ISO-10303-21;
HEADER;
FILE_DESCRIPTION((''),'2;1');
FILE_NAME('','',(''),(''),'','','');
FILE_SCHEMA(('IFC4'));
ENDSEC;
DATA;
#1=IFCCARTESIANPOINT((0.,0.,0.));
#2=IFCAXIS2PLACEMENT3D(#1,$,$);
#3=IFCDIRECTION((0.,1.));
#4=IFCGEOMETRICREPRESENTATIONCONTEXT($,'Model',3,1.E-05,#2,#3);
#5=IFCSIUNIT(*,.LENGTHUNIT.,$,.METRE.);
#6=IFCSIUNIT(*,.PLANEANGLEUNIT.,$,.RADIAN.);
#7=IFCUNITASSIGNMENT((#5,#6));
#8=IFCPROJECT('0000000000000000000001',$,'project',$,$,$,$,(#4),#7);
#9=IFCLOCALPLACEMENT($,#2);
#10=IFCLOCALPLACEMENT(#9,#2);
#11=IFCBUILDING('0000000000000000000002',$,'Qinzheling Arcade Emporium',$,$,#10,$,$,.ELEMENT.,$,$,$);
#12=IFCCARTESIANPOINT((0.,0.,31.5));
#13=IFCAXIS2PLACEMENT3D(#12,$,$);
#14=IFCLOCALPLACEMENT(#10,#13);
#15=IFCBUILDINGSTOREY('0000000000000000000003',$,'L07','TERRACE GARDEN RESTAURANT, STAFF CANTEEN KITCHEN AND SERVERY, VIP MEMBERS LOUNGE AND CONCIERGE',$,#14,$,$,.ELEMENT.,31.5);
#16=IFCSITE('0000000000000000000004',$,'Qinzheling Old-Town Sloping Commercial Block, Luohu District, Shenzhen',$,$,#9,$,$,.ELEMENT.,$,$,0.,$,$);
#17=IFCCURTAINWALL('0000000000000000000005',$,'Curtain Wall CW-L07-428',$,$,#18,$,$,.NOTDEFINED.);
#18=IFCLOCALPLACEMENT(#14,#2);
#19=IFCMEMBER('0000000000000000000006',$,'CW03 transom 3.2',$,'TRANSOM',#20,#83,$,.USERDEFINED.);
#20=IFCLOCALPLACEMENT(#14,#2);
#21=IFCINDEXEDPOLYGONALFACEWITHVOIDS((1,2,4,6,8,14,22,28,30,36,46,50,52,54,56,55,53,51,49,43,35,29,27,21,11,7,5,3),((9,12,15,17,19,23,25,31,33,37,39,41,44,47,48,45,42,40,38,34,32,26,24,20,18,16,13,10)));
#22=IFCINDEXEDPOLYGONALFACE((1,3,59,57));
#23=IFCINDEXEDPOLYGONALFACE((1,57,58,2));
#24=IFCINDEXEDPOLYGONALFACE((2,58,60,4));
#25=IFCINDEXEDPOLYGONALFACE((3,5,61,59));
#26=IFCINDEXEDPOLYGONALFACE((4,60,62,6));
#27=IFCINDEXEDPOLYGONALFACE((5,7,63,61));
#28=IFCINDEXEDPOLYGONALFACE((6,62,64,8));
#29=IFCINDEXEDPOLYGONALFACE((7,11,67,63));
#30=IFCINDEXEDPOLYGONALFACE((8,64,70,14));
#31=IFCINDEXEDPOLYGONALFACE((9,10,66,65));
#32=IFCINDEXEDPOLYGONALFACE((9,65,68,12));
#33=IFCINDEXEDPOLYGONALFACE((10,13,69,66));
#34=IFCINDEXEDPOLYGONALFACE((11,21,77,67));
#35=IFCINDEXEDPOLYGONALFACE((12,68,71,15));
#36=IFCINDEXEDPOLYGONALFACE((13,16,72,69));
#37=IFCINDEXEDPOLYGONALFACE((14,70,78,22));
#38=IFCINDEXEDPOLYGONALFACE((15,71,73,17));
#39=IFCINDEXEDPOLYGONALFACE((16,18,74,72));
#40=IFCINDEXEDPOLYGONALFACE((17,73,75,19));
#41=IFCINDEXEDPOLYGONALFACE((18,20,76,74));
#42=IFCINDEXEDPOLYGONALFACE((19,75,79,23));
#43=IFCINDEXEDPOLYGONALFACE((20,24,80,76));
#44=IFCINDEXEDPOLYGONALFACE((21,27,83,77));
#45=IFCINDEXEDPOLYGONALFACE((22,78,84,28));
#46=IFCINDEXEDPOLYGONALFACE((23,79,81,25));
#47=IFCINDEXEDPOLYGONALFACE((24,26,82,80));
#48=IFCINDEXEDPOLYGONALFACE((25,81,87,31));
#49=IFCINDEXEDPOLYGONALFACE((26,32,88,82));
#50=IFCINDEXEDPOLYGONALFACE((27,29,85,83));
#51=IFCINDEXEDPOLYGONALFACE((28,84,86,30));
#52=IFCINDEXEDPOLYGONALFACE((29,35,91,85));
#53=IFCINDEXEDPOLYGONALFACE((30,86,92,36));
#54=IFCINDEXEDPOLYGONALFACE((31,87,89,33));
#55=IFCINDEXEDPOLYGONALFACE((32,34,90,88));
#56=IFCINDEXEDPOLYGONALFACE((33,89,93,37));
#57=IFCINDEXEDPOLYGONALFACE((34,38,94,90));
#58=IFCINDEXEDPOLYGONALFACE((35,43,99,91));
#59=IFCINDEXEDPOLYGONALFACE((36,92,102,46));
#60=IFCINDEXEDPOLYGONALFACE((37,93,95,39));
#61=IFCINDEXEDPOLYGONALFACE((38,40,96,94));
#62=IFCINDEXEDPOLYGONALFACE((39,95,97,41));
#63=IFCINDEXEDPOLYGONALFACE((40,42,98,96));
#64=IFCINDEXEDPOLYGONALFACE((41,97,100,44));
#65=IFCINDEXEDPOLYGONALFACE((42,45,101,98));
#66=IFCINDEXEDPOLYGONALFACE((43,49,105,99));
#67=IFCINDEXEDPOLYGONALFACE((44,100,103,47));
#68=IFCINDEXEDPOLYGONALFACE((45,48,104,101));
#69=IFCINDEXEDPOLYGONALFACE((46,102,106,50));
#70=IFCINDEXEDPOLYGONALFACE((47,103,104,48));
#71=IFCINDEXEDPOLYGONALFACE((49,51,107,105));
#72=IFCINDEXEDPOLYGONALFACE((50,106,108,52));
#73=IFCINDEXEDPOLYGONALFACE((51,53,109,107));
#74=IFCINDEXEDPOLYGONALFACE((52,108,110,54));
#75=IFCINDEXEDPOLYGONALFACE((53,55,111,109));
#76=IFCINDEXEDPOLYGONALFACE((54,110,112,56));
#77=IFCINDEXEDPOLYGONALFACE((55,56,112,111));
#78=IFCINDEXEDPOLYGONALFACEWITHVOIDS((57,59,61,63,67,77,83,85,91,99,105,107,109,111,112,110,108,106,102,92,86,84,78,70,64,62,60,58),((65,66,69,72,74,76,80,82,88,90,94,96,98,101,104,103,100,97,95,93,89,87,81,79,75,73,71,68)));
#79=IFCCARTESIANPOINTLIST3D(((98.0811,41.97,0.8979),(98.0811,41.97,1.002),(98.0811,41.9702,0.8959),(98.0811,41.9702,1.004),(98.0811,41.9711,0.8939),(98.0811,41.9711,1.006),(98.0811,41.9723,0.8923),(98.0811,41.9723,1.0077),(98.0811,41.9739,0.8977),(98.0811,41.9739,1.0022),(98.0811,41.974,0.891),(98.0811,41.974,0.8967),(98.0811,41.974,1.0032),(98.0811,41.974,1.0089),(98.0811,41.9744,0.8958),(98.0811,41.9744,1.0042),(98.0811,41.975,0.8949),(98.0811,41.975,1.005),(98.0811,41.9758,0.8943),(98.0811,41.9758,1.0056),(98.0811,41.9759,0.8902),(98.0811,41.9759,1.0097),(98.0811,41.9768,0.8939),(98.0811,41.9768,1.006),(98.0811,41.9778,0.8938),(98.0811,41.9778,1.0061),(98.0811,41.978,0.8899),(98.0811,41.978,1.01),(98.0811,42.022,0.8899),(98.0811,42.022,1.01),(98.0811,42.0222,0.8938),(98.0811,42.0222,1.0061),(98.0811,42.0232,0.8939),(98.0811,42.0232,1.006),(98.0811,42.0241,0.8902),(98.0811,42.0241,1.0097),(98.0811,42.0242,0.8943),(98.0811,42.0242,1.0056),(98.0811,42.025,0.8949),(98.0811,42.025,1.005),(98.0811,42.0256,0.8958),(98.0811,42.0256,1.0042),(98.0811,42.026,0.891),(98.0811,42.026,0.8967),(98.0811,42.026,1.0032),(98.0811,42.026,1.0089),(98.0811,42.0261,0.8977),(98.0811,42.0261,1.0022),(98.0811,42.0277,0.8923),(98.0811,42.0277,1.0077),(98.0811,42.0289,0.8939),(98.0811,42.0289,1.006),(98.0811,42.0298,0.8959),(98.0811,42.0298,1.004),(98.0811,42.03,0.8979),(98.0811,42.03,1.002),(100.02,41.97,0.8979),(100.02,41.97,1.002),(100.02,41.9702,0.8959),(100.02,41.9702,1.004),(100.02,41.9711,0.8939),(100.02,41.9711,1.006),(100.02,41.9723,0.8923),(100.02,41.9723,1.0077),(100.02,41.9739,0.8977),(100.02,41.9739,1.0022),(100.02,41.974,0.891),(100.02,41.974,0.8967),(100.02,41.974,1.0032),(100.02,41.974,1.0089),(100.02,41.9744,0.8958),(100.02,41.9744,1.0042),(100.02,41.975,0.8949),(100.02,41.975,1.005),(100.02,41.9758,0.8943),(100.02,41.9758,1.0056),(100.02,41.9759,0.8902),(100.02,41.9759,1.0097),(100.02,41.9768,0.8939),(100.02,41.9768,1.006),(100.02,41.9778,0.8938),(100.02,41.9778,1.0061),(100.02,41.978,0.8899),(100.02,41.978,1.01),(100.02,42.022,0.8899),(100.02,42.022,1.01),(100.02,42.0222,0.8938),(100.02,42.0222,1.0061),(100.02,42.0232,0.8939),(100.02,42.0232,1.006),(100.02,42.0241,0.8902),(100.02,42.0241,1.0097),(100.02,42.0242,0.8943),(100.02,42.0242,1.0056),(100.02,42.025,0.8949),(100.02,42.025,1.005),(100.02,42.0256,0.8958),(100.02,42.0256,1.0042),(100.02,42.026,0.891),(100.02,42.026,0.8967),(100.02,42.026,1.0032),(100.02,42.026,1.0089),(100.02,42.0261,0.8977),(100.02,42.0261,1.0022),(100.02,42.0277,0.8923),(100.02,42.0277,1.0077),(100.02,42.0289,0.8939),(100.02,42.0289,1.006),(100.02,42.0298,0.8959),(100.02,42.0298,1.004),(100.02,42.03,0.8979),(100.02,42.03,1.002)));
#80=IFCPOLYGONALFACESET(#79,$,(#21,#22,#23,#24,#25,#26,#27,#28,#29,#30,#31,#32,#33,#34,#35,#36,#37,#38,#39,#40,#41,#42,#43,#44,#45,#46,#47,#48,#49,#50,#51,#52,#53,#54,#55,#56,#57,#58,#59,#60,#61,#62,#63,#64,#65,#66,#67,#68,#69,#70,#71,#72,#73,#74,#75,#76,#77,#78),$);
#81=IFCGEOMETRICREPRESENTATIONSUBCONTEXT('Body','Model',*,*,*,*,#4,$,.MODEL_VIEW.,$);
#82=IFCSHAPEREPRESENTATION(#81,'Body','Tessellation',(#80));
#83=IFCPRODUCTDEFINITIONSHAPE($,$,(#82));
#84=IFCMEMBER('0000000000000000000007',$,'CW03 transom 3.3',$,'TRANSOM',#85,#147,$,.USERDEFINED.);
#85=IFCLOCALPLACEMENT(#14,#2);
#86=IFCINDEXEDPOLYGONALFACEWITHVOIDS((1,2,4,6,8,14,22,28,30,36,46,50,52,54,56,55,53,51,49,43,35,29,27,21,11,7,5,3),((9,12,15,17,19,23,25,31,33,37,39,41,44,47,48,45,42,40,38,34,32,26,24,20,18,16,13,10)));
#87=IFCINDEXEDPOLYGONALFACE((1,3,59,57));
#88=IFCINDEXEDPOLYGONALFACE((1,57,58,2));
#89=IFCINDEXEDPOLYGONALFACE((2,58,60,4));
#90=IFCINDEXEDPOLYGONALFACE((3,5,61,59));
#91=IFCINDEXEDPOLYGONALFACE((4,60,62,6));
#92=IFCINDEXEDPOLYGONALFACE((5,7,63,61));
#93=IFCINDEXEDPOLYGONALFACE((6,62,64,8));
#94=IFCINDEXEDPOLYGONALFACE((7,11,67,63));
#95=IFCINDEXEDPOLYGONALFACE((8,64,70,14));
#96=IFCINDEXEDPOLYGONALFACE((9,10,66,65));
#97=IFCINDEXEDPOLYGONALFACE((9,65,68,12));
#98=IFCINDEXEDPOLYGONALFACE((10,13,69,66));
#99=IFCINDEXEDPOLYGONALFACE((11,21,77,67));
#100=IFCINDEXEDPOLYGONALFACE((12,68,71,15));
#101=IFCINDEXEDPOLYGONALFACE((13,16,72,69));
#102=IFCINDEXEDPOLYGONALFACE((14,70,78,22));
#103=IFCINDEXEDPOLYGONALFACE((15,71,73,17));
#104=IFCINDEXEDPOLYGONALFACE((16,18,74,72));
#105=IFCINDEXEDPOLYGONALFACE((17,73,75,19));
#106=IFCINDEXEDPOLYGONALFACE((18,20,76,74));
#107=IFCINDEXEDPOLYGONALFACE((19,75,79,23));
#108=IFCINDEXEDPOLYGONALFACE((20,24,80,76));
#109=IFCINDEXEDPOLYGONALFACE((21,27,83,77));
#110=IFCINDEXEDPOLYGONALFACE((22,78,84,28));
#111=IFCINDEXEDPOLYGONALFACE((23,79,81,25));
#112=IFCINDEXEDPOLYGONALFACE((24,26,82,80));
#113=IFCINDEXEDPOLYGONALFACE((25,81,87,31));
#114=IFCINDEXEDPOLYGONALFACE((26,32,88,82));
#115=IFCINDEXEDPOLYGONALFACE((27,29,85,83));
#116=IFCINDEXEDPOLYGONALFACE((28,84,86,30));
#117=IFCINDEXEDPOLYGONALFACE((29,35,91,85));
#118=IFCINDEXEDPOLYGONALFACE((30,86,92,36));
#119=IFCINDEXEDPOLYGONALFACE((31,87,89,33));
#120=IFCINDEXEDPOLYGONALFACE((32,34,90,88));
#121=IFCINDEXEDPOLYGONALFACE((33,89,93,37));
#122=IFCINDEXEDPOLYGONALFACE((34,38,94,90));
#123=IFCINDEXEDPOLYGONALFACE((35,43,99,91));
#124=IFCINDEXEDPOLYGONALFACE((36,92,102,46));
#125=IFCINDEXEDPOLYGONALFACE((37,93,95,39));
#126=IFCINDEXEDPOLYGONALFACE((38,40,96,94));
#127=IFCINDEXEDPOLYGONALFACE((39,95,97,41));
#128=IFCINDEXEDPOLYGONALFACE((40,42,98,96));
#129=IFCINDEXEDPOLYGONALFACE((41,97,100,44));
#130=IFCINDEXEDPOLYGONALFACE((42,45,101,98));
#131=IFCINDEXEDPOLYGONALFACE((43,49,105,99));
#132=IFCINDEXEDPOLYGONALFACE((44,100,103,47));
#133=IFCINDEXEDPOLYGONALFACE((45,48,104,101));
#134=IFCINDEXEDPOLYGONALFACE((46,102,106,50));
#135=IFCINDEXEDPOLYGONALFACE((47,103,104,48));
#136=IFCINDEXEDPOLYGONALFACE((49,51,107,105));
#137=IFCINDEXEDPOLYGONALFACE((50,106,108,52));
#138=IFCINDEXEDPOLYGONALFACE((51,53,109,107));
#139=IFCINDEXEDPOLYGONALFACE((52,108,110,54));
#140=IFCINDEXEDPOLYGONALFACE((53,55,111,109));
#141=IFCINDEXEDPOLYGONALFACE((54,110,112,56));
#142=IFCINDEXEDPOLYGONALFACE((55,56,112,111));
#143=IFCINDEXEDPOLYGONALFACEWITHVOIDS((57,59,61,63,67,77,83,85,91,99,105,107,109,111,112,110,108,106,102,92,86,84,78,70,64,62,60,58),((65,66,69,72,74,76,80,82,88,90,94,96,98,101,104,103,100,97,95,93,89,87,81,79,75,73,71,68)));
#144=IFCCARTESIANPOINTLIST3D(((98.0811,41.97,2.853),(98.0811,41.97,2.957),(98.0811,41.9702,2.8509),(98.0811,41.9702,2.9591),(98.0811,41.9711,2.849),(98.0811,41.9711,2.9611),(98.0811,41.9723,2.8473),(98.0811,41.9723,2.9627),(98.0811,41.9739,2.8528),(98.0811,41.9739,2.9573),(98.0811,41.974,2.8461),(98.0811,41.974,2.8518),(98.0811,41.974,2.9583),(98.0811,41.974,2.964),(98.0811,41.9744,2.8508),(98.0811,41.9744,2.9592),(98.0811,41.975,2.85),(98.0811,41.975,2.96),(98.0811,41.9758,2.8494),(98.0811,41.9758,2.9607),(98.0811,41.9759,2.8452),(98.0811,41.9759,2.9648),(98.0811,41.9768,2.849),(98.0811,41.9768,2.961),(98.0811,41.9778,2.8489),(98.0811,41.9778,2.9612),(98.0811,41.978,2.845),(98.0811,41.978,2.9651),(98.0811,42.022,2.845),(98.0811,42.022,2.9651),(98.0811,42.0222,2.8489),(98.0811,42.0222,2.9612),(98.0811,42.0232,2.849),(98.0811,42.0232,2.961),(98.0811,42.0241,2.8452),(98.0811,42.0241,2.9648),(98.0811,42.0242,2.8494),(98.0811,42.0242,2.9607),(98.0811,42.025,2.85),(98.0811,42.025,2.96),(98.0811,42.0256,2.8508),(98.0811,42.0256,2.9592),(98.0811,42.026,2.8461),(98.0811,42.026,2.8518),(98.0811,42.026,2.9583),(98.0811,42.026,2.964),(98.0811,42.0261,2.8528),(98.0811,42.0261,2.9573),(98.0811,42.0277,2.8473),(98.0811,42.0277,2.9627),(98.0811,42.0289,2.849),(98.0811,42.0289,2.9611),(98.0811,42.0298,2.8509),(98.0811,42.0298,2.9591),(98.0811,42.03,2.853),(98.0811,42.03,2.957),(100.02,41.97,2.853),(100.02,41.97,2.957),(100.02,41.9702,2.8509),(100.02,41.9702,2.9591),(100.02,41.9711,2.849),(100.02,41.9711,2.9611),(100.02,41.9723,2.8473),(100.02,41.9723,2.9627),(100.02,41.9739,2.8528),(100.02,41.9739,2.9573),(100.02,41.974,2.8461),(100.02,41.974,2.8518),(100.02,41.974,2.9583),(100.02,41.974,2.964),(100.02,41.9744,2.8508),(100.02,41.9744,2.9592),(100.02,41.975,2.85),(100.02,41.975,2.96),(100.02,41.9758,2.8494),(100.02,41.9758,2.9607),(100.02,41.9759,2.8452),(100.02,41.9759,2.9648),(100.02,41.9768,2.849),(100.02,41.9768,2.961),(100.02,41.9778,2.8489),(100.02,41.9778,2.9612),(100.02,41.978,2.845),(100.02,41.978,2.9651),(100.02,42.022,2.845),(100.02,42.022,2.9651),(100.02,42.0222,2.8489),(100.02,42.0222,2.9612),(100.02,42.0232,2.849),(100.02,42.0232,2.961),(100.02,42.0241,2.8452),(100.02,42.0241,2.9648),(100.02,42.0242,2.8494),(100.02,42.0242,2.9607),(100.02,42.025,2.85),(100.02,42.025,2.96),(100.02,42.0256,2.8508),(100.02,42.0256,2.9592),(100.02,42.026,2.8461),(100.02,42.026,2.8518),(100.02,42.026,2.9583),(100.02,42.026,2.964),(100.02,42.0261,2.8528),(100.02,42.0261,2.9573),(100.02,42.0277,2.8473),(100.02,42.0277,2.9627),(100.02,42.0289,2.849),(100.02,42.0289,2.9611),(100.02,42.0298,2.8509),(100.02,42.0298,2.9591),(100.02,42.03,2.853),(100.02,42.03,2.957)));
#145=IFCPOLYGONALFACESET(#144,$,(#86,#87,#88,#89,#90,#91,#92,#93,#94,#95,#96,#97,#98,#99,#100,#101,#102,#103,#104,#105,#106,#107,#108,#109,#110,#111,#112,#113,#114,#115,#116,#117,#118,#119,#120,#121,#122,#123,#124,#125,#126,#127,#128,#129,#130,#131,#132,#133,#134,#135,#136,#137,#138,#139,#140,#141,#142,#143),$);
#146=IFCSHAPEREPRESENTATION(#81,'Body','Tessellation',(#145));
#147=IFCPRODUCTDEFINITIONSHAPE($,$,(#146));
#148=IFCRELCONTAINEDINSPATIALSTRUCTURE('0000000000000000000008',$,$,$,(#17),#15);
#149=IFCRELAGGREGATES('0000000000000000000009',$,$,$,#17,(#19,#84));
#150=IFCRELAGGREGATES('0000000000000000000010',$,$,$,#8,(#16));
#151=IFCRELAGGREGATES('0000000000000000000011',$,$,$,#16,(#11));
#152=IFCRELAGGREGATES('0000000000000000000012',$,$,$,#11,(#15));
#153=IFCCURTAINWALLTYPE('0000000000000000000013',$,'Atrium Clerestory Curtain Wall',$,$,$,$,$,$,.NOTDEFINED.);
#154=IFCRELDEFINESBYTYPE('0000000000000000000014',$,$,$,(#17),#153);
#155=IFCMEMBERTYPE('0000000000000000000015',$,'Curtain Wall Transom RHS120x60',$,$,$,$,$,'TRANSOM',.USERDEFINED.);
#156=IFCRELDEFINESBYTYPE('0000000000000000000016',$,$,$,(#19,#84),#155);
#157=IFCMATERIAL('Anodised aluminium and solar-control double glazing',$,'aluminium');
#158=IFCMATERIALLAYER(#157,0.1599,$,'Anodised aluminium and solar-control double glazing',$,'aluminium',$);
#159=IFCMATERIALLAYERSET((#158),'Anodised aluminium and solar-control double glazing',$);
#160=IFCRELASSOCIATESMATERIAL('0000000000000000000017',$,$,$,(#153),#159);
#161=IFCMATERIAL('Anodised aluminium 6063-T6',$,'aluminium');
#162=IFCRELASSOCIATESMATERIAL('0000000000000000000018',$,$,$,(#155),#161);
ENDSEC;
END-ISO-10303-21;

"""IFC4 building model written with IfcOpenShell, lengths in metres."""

from ifc_helpers import new_model, si_unit, direction, frame, origin, origin_2d, place, context, subcontext, project, spatial, hollow_rectangle, extrude, material, layer, layer_set, material_profile, profile_set, type_object, element, aggregate, save


model = new_model("IFC4")

# Units and contexts
model_context = context("Model", 3, precision=1e-05, world=origin(), true_north=direction((0.0, 1.0)))
body_context = subcontext(model_context, "Body", "Model", "MODEL_VIEW")
ifc_project = project(units=[si_unit("LENGTHUNIT", "METRE"), si_unit("PLANEANGLEUNIT", "RADIAN")], contexts=[model_context])

# Site, building, storey
site_placement = place(None, origin())
site = spatial("IfcSite", under=ifc_project, at=site_placement, Name="Qinzheling Old-Town Sloping Commercial Block, Luohu District, Shenzhen", CompositionType="ELEMENT", RefElevation=0.0)
building_placement = place(site_placement, origin())
building = spatial("IfcBuilding", under=site, at=building_placement, Name="Qinzheling Arcade Emporium", CompositionType="ELEMENT")
storey_placement = place(building_placement, frame((0.0, 0.0, 31.5)))
storey = spatial("IfcBuildingStorey", under=building, at=storey_placement, Name="L07", Description="TERRACE GARDEN RESTAURANT, STAFF CANTEEN KITCHEN AND SERVERY, VIP MEMBERS LOUNGE AND CONCIERGE", CompositionType="ELEMENT", Elevation=31.5)

# Curtain wall, members
ifc_material_1 = material(Name="Anodised aluminium and solar-control double glazing", Category="aluminium")
ifc_layer_1 = layer(ifc_material_1, 0.1599, Name="Anodised aluminium and solar-control double glazing", Category="aluminium")
ifc_layer_set_1 = layer_set([ifc_layer_1], Name="Anodised aluminium and solar-control double glazing")
curtain_wall_type = type_object("IfcCurtainWallType", Name="Atrium Clerestory Curtain Wall", PredefinedType="NOTDEFINED", material=ifc_layer_set_1)
curtain_wall_placement = place(storey_placement, origin())
curtain_wall = element("IfcCurtainWall", 1, at=curtain_wall_placement, inside=storey, type_object=curtain_wall_type, Name="Curtain Wall CW-L07-428", PredefinedType="NOTDEFINED")
ifc_material_2 = material(Name="Anodised aluminium 6063-T6", Category="aluminium")
ifc_material_profile_1 = material_profile(ifc_material_2, hollow_rectangle(XDim=0.0601, YDim=0.1201, WallThickness=0.0039, InnerFilletRadius=0.0039, OuterFilletRadius=0.0081, at=origin_2d()), Name="RHS 120x60x4", Category="aluminium")
ifc_profile_set_1 = profile_set([ifc_material_profile_1], Name="Anodised aluminium 6063-T6")
member_type_1 = type_object("IfcMemberType", Name="Curtain Wall Transom RHS120x60", ElementType="TRANSOM", PredefinedType="USERDEFINED", material=ifc_profile_set_1)
member_1_placement = place(storey_placement, frame((100.02, 42.0, 0.95), z_axis=(-1.0, 0.0, 0.0), x_axis=(0.0, -1.0, 0.0)))
member_1 = element("IfcMember", 2, at=member_1_placement, type_object=member_type_1, Name="CW03 transom 3.2", ObjectType="TRANSOM", PredefinedType="USERDEFINED", context=body_context, shape_type="SweptSolid", body=[
    extrude(hollow_rectangle(XDim=0.0601, YDim=0.1201, WallThickness=0.0039, InnerFilletRadius=0.0039, OuterFilletRadius=0.0081, at=origin_2d()), origin(), (0.0, 0.0, 1.0), 1.939),
])
member_2_placement = place(storey_placement, frame((100.02, 42.0, 2.905), z_axis=(-1.0, 0.0, 0.0), x_axis=(0.0, -1.0, 0.0)))
member_2 = element("IfcMember", 3, at=member_2_placement, type_object=member_type_1, Name="CW03 transom 3.3", ObjectType="TRANSOM", PredefinedType="USERDEFINED", context=body_context, shape_type="SweptSolid", body=[
    extrude(hollow_rectangle(XDim=0.0601, YDim=0.1201, WallThickness=0.0039, InnerFilletRadius=0.0039, OuterFilletRadius=0.0081, at=origin_2d()), origin(), (0.0, 0.0, 1.0), 1.939),
])
aggregate(curtain_wall, [member_1, member_2])

save(model, "model.ifc")
